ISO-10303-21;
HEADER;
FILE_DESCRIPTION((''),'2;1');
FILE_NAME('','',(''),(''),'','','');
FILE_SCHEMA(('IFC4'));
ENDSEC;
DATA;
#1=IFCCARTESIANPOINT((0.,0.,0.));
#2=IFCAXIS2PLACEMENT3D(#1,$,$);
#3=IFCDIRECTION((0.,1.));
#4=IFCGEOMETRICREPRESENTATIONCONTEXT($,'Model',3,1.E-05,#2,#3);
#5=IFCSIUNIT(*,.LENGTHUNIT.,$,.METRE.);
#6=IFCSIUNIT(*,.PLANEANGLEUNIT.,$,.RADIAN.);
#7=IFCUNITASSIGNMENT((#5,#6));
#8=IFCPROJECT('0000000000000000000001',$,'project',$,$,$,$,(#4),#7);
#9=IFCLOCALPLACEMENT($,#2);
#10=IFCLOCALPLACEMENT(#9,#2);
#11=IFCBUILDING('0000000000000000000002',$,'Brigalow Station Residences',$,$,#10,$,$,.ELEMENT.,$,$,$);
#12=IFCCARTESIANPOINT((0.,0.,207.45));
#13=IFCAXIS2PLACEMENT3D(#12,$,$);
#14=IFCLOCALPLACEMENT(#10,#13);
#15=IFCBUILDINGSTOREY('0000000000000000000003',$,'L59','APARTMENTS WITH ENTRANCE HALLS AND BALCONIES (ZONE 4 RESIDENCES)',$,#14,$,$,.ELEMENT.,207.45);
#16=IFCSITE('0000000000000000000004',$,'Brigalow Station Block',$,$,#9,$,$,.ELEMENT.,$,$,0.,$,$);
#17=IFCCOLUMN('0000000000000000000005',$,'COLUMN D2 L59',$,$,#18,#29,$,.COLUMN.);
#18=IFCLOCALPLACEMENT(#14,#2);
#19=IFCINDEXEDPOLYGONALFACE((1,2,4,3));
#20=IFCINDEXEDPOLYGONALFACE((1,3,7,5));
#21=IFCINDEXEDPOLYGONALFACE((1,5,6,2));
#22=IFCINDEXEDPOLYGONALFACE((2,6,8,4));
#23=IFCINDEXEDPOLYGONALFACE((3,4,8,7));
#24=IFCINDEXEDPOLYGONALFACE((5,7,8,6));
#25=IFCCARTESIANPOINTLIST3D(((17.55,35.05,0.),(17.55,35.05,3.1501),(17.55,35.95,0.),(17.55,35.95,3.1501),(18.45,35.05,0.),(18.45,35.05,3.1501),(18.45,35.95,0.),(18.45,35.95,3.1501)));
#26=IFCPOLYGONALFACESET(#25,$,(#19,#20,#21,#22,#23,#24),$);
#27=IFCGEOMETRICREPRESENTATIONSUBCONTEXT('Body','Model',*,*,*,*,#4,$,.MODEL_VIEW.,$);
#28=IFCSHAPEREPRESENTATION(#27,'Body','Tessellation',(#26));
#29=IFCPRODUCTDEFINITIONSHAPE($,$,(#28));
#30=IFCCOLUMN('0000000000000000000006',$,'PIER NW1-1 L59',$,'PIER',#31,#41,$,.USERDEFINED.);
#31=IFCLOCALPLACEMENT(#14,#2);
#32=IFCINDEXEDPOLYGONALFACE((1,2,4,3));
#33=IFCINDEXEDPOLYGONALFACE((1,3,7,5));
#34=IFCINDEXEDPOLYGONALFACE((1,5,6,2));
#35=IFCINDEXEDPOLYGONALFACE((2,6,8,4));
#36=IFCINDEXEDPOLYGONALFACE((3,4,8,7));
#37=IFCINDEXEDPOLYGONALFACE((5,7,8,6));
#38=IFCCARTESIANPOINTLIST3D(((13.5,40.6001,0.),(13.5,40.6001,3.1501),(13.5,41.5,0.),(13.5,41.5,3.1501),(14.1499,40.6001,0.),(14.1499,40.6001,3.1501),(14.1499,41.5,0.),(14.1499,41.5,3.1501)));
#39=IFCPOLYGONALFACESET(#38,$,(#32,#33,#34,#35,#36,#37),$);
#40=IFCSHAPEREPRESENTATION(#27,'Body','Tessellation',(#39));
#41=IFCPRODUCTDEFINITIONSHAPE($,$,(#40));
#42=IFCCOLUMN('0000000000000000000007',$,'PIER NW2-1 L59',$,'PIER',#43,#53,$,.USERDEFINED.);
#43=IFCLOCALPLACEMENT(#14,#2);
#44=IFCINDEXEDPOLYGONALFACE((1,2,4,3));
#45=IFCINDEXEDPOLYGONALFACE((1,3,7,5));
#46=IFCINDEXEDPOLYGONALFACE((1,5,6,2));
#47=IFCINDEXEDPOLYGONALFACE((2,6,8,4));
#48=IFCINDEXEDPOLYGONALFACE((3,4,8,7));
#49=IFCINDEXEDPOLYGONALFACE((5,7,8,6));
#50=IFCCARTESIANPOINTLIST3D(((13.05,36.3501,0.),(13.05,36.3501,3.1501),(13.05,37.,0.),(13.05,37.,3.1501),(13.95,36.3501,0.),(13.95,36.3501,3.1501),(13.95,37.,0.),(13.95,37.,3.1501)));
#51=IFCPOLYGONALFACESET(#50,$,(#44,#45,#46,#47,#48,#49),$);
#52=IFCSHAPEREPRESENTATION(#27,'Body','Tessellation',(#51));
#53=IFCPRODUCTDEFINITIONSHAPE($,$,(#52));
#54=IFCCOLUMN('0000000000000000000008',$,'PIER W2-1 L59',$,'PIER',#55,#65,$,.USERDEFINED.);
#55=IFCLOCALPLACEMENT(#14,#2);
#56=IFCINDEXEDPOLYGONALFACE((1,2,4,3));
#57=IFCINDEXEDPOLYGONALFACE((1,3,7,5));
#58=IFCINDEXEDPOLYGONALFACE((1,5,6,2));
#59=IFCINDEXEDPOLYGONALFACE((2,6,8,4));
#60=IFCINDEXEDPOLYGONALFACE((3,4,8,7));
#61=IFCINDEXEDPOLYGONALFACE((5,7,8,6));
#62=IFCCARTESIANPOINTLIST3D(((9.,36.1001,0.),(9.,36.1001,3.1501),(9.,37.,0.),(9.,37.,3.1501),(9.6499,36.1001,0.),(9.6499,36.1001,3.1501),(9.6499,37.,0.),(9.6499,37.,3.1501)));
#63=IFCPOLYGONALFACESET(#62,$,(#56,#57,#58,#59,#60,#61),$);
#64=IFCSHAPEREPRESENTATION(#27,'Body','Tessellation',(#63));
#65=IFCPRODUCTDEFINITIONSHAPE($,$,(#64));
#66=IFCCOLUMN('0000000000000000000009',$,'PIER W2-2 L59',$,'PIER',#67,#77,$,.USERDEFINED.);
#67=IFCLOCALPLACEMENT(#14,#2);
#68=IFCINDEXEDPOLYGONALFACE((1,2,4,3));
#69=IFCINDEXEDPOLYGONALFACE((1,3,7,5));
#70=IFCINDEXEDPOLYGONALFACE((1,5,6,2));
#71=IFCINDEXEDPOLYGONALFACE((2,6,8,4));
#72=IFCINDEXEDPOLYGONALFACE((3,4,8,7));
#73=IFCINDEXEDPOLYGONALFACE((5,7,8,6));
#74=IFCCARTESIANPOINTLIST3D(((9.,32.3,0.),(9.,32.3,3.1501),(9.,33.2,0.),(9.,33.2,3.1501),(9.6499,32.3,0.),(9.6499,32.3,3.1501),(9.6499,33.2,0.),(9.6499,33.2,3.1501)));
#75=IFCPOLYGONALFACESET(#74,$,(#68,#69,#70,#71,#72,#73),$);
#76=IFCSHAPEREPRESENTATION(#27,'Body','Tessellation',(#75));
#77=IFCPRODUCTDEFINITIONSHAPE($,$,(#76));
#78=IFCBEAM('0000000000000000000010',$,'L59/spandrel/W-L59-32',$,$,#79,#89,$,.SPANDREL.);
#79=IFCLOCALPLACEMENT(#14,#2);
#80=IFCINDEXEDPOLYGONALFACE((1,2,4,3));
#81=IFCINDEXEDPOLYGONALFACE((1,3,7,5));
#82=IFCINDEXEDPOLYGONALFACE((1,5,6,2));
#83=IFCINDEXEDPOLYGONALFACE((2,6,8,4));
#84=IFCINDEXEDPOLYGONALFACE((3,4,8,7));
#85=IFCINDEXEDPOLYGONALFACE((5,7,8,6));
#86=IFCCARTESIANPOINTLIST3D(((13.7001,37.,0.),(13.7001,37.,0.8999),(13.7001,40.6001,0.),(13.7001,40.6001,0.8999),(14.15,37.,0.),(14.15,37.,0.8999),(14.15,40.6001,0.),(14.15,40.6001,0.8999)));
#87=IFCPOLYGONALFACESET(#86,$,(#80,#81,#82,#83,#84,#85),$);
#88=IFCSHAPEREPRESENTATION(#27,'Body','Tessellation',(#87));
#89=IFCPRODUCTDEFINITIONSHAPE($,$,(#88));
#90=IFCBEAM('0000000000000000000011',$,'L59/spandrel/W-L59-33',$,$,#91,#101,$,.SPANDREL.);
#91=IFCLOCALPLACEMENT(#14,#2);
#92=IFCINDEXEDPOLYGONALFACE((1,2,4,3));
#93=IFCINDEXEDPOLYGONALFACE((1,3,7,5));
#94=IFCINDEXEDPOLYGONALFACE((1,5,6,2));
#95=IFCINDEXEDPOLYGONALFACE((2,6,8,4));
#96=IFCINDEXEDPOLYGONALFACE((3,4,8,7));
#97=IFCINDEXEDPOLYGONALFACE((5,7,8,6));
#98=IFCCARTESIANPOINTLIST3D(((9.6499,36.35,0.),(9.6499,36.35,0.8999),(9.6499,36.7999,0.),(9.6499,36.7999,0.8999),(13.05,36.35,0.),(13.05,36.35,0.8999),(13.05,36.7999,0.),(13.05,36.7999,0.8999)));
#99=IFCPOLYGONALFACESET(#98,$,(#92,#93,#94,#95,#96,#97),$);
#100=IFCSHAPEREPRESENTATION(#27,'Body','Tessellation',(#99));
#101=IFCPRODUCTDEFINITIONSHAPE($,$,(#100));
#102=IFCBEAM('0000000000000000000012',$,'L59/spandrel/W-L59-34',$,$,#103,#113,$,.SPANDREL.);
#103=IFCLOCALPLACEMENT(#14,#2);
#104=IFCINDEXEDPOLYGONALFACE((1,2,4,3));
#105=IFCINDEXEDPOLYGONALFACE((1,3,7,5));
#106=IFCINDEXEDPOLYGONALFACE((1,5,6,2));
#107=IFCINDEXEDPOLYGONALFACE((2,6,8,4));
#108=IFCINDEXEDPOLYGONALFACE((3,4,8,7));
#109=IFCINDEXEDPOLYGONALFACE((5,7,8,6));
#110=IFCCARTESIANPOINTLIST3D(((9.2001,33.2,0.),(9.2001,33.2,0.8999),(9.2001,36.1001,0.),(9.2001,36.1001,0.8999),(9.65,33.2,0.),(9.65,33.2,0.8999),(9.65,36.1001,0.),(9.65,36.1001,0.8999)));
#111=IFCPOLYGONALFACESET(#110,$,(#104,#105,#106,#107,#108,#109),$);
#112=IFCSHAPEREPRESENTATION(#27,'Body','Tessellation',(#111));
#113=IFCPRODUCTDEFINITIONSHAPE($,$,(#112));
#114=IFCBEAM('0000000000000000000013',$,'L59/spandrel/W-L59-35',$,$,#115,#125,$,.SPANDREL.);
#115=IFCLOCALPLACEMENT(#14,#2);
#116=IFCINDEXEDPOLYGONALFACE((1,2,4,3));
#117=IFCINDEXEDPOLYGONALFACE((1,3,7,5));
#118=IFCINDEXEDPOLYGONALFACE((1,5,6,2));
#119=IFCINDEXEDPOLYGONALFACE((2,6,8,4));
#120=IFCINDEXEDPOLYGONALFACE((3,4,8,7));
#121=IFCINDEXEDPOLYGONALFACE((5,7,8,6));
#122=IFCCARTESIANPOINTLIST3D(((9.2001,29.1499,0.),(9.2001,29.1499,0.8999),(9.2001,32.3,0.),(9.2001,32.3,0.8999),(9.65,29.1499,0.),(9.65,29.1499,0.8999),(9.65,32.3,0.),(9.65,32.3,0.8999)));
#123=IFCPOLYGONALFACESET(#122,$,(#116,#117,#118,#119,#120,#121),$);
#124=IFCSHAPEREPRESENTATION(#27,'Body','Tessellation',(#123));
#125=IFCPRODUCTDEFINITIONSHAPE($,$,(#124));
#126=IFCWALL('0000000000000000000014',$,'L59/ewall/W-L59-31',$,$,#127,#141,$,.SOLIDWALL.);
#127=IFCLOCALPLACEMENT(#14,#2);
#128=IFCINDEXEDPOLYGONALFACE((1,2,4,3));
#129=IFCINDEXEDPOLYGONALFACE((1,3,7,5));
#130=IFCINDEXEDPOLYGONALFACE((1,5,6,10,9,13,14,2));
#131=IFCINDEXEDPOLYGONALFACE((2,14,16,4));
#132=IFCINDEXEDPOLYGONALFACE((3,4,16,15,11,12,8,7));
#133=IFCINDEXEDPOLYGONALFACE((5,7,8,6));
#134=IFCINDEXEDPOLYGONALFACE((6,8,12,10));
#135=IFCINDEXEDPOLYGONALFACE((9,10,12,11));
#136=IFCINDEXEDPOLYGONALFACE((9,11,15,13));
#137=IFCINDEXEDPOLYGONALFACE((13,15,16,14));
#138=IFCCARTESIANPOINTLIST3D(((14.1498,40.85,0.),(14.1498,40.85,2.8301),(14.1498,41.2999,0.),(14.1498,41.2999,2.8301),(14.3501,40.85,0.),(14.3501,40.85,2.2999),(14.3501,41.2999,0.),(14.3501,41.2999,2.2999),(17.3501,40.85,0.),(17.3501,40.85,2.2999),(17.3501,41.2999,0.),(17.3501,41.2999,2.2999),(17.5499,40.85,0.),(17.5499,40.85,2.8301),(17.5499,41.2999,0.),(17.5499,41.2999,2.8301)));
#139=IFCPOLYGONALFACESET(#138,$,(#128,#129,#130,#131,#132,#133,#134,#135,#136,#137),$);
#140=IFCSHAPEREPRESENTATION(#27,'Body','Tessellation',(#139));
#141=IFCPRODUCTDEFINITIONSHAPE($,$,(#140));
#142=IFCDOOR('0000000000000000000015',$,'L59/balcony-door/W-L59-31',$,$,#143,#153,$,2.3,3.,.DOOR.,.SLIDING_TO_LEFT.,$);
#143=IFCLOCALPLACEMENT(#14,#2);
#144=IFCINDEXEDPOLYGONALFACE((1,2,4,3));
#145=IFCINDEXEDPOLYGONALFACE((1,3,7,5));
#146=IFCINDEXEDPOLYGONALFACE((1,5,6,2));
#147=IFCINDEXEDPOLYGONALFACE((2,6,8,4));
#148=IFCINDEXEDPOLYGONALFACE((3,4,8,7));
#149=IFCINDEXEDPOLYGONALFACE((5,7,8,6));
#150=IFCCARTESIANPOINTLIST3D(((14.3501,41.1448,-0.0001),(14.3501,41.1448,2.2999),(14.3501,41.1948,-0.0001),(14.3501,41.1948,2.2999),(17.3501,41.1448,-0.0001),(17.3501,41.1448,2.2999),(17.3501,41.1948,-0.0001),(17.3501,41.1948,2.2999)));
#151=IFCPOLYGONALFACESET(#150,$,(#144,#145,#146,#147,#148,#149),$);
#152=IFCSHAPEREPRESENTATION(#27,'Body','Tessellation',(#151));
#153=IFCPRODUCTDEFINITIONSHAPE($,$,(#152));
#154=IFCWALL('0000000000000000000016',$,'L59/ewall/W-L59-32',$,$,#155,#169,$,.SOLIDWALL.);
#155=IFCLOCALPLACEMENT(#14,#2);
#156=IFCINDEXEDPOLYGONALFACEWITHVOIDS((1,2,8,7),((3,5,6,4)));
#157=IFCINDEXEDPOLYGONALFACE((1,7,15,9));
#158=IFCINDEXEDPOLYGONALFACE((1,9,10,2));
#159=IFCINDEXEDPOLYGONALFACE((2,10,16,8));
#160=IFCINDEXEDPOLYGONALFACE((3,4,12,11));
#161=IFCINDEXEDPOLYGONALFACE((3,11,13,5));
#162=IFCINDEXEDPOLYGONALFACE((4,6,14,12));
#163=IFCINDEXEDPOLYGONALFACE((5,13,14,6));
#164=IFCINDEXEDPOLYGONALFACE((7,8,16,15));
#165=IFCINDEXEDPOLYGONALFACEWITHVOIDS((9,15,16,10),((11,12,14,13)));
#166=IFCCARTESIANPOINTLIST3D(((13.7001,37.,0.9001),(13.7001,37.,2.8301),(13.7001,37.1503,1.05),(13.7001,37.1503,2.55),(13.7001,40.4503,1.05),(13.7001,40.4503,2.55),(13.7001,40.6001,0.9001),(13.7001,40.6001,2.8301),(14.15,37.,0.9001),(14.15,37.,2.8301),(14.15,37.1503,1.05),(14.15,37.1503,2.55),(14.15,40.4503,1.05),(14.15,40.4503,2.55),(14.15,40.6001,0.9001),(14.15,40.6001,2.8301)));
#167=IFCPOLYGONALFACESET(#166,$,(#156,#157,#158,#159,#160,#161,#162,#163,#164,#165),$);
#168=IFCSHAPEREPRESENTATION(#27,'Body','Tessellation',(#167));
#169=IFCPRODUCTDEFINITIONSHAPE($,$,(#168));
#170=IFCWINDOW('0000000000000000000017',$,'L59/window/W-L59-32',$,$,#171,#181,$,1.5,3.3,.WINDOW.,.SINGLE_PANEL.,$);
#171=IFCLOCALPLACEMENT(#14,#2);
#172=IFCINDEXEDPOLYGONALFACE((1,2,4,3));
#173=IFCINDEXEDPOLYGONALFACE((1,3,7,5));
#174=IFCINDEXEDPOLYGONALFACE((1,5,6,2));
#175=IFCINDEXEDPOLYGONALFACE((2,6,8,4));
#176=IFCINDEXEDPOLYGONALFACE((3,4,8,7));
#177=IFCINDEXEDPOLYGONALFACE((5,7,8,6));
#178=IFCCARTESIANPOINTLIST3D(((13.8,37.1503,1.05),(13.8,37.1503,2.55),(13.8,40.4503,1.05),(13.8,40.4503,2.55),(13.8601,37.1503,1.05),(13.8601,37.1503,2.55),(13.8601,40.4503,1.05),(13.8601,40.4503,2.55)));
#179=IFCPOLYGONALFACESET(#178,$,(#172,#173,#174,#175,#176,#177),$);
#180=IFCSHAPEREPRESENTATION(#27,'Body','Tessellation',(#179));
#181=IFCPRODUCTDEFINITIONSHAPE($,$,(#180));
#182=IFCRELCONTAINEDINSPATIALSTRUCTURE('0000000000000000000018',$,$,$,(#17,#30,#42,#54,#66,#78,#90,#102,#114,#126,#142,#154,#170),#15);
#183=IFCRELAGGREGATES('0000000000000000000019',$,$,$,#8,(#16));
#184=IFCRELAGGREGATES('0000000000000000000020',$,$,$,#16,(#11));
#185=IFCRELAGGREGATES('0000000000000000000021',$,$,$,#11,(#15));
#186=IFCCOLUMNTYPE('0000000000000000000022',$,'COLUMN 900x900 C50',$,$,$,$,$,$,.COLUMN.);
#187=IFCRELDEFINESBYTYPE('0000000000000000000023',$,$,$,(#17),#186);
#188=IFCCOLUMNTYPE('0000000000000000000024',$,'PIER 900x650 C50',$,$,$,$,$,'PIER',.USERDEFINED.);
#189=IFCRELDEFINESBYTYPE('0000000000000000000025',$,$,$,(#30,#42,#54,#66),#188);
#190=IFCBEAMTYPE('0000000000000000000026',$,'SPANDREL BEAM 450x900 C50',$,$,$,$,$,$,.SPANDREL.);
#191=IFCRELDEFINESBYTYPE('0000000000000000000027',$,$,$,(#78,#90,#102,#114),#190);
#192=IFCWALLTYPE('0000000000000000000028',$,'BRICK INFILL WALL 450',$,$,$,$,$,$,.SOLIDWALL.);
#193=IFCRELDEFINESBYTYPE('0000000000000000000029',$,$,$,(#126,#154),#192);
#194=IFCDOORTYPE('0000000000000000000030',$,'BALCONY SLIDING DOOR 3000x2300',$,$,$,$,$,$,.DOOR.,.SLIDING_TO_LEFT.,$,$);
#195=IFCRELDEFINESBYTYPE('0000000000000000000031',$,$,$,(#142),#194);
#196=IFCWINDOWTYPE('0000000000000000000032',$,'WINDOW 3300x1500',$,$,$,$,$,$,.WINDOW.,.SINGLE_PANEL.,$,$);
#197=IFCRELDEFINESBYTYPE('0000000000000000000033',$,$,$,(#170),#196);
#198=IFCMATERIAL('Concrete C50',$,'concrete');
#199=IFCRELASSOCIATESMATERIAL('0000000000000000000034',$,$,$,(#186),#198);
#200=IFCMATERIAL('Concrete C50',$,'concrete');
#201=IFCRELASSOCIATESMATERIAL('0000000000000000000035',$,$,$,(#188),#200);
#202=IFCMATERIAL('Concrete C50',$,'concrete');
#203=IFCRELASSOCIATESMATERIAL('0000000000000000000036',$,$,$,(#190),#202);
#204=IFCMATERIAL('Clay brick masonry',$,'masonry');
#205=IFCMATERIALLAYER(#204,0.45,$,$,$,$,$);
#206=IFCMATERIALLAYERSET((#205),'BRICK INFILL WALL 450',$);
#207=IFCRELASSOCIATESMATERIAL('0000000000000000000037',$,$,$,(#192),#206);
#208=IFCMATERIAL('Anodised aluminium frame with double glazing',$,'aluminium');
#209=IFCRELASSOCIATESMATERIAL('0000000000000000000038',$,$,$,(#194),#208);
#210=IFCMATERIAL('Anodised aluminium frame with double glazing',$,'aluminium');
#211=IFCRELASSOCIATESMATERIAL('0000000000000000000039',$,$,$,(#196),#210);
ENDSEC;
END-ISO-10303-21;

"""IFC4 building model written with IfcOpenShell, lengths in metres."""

from ifc_helpers import new_model, si_unit, direction, frame, frame_2d, origin, origin_2d, place, context, subcontext, project, spatial, rectangle, extrude, material, layer, layer_set, material_profile, profile_set, type_object, element, fill, save


model = new_model("IFC4")

# Units and contexts
model_context = context("Model", 3, precision=1e-05, world=origin(), true_north=direction((0.0, 1.0)))
body_context = subcontext(model_context, "Body", "Model", "MODEL_VIEW")
ifc_project = project(units=[si_unit("LENGTHUNIT", "METRE"), si_unit("PLANEANGLEUNIT", "RADIAN")], contexts=[model_context])

# Site, building, storey
site_placement = place(None, origin())
site = spatial("IfcSite", under=ifc_project, at=site_placement, Name="Brigalow Station Block", CompositionType="ELEMENT", RefElevation=0.0)
building_placement = place(site_placement, origin())
building = spatial("IfcBuilding", under=site, at=building_placement, Name="Brigalow Station Residences", CompositionType="ELEMENT")
storey_placement = place(building_placement, frame((0.0, 0.0, 207.45)))
storey = spatial("IfcBuildingStorey", under=building, at=storey_placement, Name="L59", Description="APARTMENTS WITH ENTRANCE HALLS AND BALCONIES (ZONE 4 RESIDENCES)", CompositionType="ELEMENT", Elevation=207.45)

# Columns
ifc_material_1 = material(Name="Concrete C50", Category="concrete")
ifc_material_profile_1 = material_profile(ifc_material_1, rectangle(XDim=0.8999, YDim=0.8999, at=origin_2d()), Name="RC900x900")
ifc_profile_set_1 = profile_set([ifc_material_profile_1], Name="Concrete C50")
column_type_1 = type_object("IfcColumnType", Name="COLUMN 900x900 C50", PredefinedType="COLUMN", material=ifc_profile_set_1)
column_placement = place(storey_placement, frame((18.0, 35.5, 0.0), z_axis=(0.0, 0.0, 1.0), x_axis=(1.0, 0.0, 0.0)))
element("IfcColumn", 1, at=column_placement, inside=storey, type_object=column_type_1, Name="COLUMN D2 L59", PredefinedType="COLUMN", context=body_context, shape_type="SweptSolid", body=[
    extrude(rectangle(XDim=0.8999, YDim=0.8999, at=origin_2d()), origin(), (0.0, 0.0, 1.0), 3.1501),
])
ifc_material_2 = material(Name="Concrete C50", Category="concrete")
ifc_material_profile_2 = material_profile(ifc_material_2, rectangle(XDim=0.8999, YDim=0.6499, at=origin_2d()), Name="RC900x650")
ifc_profile_set_2 = profile_set([ifc_material_profile_2], Name="Concrete C50")
column_type_2 = type_object("IfcColumnType", Name="PIER 900x650 C50", ElementType="PIER", PredefinedType="USERDEFINED", material=ifc_profile_set_2)
for number, where, z_axis, x_axis, name in (
    (2, (13.825, 41.05, 0.0), (0.0, 0.0, 1.0), (0.0, -1.0, 0.0), "PIER NW1-1 L59"),
    (3, (13.5, 36.675, 0.0), (0.0, 0.0, 1.0), (-1.0, 0.0, 0.0), "PIER NW2-1 L59"),
    (4, (9.325, 36.55, 0.0), (0.0, 0.0, 1.0), (0.0, -1.0, 0.0), "PIER W2-1 L59"),
    (5, (9.325, 32.75, 0.0), (0.0, 0.0, 1.0), (0.0, -1.0, 0.0), "PIER W2-2 L59"),
):
    element("IfcColumn", number, at=place(storey_placement, frame(where, z_axis=z_axis, x_axis=x_axis)), inside=storey, type_object=column_type_2, Name=name, ObjectType="PIER", PredefinedType="USERDEFINED", context=body_context, shape_type="SweptSolid", body=[
        extrude(rectangle(XDim=0.8999, YDim=0.6499, at=origin_2d()), origin(), (0.0, 0.0, 1.0), 3.1501),
    ])

# Beams
ifc_material_3 = material(Name="Concrete C50", Category="concrete")
ifc_material_profile_3 = material_profile(ifc_material_3, rectangle(XDim=0.45, YDim=0.8999, at=origin_2d()), Name="RC450x900")
ifc_profile_set_3 = profile_set([ifc_material_profile_3], Name="Concrete C50")
beam_type = type_object("IfcBeamType", Name="SPANDREL BEAM 450x900 C50", PredefinedType="SPANDREL", material=ifc_profile_set_3)
beam_1_placement = place(storey_placement, frame((13.925, 40.6001, 0.45), z_axis=(0.0, -1.0, 0.0), x_axis=(1.0, 0.0, 0.0)))
element("IfcBeam", 6, at=beam_1_placement, inside=storey, type_object=beam_type, Name="L59/spandrel/W-L59-32", PredefinedType="SPANDREL", context=body_context, shape_type="SweptSolid", body=[
    extrude(rectangle(XDim=0.45, YDim=0.8999, at=origin_2d()), origin(), (0.0, 0.0, 1.0), 3.6001),
])
beam_2_placement = place(storey_placement, frame((13.05, 36.575, 0.45), z_axis=(-1.0, 0.0, 0.0), x_axis=(0.0, -1.0, 0.0)))
element("IfcBeam", 7, at=beam_2_placement, inside=storey, type_object=beam_type, Name="L59/spandrel/W-L59-33", PredefinedType="SPANDREL", context=body_context, shape_type="SweptSolid", body=[
    extrude(rectangle(XDim=0.45, YDim=0.8999, at=origin_2d()), origin(), (0.0, 0.0, 1.0), 3.4001),
])
beam_3_placement = place(storey_placement, frame((9.425, 36.1001, 0.45), z_axis=(0.0, -1.0, 0.0), x_axis=(1.0, 0.0, 0.0)))
element("IfcBeam", 8, at=beam_3_placement, inside=storey, type_object=beam_type, Name="L59/spandrel/W-L59-34", PredefinedType="SPANDREL", context=body_context, shape_type="SweptSolid", body=[
    extrude(rectangle(XDim=0.45, YDim=0.8999, at=origin_2d()), origin(), (0.0, 0.0, 1.0), 2.9001),
])
beam_4_placement = place(storey_placement, frame((9.425, 32.3, 0.45), z_axis=(0.0, -1.0, 0.0), x_axis=(1.0, 0.0, 0.0)))
element("IfcBeam", 9, at=beam_4_placement, inside=storey, type_object=beam_type, Name="L59/spandrel/W-L59-35", PredefinedType="SPANDREL", context=body_context, shape_type="SweptSolid", body=[
    extrude(rectangle(XDim=0.45, YDim=0.8999, at=origin_2d()), origin(), (0.0, 0.0, 1.0), 3.1501),
])

# Wall, opening, door
ifc_material_4 = material(Name="Clay brick masonry", Category="masonry")
ifc_layer_1 = layer(ifc_material_4, 0.45)
ifc_layer_set_1 = layer_set([ifc_layer_1], Name="BRICK INFILL WALL 450")
wall_type_1 = type_object("IfcWallType", Name="BRICK INFILL WALL 450", PredefinedType="SOLIDWALL", material=ifc_layer_set_1)
wall_1_placement = place(storey_placement, frame((17.55, 41.075, 0.0), z_axis=(0.0, 0.0, 1.0), x_axis=(-1.0, 0.0, 0.0)))
wall_1 = element("IfcWall", 10, at=wall_1_placement, inside=storey, type_object=wall_type_1, Name="L59/ewall/W-L59-31", PredefinedType="SOLIDWALL", context=body_context, shape_type="SweptSolid", body=[
    extrude(rectangle(XDim=3.4001, YDim=0.45, at=frame_2d((1.7002, 0.0))), origin(), (0.0, 0.0, 1.0), 2.8301),
])
opening_1_placement = place(wall_1_placement, frame((0.2, 0.0, 0.0)))
opening_1 = element("IfcOpeningElement", 11, at=opening_1_placement, cuts=wall_1, PredefinedType="OPENING", context=body_context, shape_type="SweptSolid", body=[
    extrude(rectangle(XDim=3.0, YDim=2.3, at=frame_2d((1.5, 1.1499))), frame((0.0, 0.2349, 0.0), z_axis=(0.0, -1.0, 0.0), x_axis=(1.0, 0.0, 0.0)), (0.0, 0.0, 1.0), 0.47),
])
ifc_material_5 = material(Name="Anodised aluminium frame with double glazing", Category="aluminium")
door_type_1 = type_object("IfcDoorType", Name="BALCONY SLIDING DOOR 3000x2300", OperationType="SLIDING_TO_LEFT", PredefinedType="DOOR", material=ifc_material_5)
door_1_placement = place(opening_1_placement, origin())
door_1 = element("IfcDoor", 12, at=door_1_placement, inside=storey, type_object=door_type_1, Name="L59/balcony-door/W-L59-31", OperationType="SLIDING_TO_LEFT", OverallHeight=2.3, OverallWidth=3.0, PredefinedType="DOOR", context=body_context, shape_type="SweptSolid", body=[
    extrude(rectangle(XDim=3.0, YDim=2.3, at=frame_2d((1.5, 1.1499))), frame((0.0, -0.0698, 0.0), z_axis=(0.0, -1.0, 0.0), x_axis=(1.0, 0.0, 0.0)), (0.0, 0.0, 1.0), 0.05),
])
fill(opening_1, door_1)

# Wall, opening, window
wall_2_placement = place(storey_placement, frame((13.925, 40.6001, 0.9001), z_axis=(0.0, 0.0, 1.0), x_axis=(0.0, -1.0, 0.0)))
wall_2 = element("IfcWall", 13, at=wall_2_placement, inside=storey, type_object=wall_type_1, Name="L59/ewall/W-L59-32", PredefinedType="SOLIDWALL", context=body_context, shape_type="SweptSolid", body=[
    extrude(rectangle(XDim=3.6001, YDim=0.45, at=frame_2d((1.8, 0.0))), origin(), (0.0, 0.0, 1.0), 1.9299),
])
opening_2_placement = place(wall_2_placement, frame((0.1499, 0.0, 0.1499)))
opening_2 = element("IfcOpeningElement", 14, at=opening_2_placement, cuts=wall_2, PredefinedType="OPENING", context=body_context, shape_type="SweptSolid", body=[
    extrude(rectangle(XDim=3.3, YDim=1.5, at=frame_2d((1.6499, 0.75))), frame((0.0, 0.2349, 0.0), z_axis=(0.0, -1.0, 0.0), x_axis=(1.0, 0.0, 0.0)), (0.0, 0.0, 1.0), 0.47),
])
ifc_material_6 = material(Name="Anodised aluminium frame with double glazing", Category="aluminium")
window_type_1 = type_object("IfcWindowType", Name="WINDOW 3300x1500", PartitioningType="SINGLE_PANEL", PredefinedType="WINDOW", material=ifc_material_6)
window_1_placement = place(opening_2_placement, origin())
window_1 = element("IfcWindow", 15, at=window_1_placement, inside=storey, type_object=window_type_1, Name="L59/window/W-L59-32", OverallHeight=1.5, OverallWidth=3.3, PartitioningType="SINGLE_PANEL", PredefinedType="WINDOW", context=body_context, shape_type="SweptSolid", body=[
    extrude(rectangle(XDim=3.3, YDim=1.5, at=frame_2d((1.6499, 0.75))), frame((0.0, -0.0649, 0.0), z_axis=(0.0, -1.0, 0.0), x_axis=(1.0, 0.0, 0.0)), (0.0, 0.0, 1.0), 0.0601),
])
fill(opening_2, window_1)

save(model, "model.ifc")
